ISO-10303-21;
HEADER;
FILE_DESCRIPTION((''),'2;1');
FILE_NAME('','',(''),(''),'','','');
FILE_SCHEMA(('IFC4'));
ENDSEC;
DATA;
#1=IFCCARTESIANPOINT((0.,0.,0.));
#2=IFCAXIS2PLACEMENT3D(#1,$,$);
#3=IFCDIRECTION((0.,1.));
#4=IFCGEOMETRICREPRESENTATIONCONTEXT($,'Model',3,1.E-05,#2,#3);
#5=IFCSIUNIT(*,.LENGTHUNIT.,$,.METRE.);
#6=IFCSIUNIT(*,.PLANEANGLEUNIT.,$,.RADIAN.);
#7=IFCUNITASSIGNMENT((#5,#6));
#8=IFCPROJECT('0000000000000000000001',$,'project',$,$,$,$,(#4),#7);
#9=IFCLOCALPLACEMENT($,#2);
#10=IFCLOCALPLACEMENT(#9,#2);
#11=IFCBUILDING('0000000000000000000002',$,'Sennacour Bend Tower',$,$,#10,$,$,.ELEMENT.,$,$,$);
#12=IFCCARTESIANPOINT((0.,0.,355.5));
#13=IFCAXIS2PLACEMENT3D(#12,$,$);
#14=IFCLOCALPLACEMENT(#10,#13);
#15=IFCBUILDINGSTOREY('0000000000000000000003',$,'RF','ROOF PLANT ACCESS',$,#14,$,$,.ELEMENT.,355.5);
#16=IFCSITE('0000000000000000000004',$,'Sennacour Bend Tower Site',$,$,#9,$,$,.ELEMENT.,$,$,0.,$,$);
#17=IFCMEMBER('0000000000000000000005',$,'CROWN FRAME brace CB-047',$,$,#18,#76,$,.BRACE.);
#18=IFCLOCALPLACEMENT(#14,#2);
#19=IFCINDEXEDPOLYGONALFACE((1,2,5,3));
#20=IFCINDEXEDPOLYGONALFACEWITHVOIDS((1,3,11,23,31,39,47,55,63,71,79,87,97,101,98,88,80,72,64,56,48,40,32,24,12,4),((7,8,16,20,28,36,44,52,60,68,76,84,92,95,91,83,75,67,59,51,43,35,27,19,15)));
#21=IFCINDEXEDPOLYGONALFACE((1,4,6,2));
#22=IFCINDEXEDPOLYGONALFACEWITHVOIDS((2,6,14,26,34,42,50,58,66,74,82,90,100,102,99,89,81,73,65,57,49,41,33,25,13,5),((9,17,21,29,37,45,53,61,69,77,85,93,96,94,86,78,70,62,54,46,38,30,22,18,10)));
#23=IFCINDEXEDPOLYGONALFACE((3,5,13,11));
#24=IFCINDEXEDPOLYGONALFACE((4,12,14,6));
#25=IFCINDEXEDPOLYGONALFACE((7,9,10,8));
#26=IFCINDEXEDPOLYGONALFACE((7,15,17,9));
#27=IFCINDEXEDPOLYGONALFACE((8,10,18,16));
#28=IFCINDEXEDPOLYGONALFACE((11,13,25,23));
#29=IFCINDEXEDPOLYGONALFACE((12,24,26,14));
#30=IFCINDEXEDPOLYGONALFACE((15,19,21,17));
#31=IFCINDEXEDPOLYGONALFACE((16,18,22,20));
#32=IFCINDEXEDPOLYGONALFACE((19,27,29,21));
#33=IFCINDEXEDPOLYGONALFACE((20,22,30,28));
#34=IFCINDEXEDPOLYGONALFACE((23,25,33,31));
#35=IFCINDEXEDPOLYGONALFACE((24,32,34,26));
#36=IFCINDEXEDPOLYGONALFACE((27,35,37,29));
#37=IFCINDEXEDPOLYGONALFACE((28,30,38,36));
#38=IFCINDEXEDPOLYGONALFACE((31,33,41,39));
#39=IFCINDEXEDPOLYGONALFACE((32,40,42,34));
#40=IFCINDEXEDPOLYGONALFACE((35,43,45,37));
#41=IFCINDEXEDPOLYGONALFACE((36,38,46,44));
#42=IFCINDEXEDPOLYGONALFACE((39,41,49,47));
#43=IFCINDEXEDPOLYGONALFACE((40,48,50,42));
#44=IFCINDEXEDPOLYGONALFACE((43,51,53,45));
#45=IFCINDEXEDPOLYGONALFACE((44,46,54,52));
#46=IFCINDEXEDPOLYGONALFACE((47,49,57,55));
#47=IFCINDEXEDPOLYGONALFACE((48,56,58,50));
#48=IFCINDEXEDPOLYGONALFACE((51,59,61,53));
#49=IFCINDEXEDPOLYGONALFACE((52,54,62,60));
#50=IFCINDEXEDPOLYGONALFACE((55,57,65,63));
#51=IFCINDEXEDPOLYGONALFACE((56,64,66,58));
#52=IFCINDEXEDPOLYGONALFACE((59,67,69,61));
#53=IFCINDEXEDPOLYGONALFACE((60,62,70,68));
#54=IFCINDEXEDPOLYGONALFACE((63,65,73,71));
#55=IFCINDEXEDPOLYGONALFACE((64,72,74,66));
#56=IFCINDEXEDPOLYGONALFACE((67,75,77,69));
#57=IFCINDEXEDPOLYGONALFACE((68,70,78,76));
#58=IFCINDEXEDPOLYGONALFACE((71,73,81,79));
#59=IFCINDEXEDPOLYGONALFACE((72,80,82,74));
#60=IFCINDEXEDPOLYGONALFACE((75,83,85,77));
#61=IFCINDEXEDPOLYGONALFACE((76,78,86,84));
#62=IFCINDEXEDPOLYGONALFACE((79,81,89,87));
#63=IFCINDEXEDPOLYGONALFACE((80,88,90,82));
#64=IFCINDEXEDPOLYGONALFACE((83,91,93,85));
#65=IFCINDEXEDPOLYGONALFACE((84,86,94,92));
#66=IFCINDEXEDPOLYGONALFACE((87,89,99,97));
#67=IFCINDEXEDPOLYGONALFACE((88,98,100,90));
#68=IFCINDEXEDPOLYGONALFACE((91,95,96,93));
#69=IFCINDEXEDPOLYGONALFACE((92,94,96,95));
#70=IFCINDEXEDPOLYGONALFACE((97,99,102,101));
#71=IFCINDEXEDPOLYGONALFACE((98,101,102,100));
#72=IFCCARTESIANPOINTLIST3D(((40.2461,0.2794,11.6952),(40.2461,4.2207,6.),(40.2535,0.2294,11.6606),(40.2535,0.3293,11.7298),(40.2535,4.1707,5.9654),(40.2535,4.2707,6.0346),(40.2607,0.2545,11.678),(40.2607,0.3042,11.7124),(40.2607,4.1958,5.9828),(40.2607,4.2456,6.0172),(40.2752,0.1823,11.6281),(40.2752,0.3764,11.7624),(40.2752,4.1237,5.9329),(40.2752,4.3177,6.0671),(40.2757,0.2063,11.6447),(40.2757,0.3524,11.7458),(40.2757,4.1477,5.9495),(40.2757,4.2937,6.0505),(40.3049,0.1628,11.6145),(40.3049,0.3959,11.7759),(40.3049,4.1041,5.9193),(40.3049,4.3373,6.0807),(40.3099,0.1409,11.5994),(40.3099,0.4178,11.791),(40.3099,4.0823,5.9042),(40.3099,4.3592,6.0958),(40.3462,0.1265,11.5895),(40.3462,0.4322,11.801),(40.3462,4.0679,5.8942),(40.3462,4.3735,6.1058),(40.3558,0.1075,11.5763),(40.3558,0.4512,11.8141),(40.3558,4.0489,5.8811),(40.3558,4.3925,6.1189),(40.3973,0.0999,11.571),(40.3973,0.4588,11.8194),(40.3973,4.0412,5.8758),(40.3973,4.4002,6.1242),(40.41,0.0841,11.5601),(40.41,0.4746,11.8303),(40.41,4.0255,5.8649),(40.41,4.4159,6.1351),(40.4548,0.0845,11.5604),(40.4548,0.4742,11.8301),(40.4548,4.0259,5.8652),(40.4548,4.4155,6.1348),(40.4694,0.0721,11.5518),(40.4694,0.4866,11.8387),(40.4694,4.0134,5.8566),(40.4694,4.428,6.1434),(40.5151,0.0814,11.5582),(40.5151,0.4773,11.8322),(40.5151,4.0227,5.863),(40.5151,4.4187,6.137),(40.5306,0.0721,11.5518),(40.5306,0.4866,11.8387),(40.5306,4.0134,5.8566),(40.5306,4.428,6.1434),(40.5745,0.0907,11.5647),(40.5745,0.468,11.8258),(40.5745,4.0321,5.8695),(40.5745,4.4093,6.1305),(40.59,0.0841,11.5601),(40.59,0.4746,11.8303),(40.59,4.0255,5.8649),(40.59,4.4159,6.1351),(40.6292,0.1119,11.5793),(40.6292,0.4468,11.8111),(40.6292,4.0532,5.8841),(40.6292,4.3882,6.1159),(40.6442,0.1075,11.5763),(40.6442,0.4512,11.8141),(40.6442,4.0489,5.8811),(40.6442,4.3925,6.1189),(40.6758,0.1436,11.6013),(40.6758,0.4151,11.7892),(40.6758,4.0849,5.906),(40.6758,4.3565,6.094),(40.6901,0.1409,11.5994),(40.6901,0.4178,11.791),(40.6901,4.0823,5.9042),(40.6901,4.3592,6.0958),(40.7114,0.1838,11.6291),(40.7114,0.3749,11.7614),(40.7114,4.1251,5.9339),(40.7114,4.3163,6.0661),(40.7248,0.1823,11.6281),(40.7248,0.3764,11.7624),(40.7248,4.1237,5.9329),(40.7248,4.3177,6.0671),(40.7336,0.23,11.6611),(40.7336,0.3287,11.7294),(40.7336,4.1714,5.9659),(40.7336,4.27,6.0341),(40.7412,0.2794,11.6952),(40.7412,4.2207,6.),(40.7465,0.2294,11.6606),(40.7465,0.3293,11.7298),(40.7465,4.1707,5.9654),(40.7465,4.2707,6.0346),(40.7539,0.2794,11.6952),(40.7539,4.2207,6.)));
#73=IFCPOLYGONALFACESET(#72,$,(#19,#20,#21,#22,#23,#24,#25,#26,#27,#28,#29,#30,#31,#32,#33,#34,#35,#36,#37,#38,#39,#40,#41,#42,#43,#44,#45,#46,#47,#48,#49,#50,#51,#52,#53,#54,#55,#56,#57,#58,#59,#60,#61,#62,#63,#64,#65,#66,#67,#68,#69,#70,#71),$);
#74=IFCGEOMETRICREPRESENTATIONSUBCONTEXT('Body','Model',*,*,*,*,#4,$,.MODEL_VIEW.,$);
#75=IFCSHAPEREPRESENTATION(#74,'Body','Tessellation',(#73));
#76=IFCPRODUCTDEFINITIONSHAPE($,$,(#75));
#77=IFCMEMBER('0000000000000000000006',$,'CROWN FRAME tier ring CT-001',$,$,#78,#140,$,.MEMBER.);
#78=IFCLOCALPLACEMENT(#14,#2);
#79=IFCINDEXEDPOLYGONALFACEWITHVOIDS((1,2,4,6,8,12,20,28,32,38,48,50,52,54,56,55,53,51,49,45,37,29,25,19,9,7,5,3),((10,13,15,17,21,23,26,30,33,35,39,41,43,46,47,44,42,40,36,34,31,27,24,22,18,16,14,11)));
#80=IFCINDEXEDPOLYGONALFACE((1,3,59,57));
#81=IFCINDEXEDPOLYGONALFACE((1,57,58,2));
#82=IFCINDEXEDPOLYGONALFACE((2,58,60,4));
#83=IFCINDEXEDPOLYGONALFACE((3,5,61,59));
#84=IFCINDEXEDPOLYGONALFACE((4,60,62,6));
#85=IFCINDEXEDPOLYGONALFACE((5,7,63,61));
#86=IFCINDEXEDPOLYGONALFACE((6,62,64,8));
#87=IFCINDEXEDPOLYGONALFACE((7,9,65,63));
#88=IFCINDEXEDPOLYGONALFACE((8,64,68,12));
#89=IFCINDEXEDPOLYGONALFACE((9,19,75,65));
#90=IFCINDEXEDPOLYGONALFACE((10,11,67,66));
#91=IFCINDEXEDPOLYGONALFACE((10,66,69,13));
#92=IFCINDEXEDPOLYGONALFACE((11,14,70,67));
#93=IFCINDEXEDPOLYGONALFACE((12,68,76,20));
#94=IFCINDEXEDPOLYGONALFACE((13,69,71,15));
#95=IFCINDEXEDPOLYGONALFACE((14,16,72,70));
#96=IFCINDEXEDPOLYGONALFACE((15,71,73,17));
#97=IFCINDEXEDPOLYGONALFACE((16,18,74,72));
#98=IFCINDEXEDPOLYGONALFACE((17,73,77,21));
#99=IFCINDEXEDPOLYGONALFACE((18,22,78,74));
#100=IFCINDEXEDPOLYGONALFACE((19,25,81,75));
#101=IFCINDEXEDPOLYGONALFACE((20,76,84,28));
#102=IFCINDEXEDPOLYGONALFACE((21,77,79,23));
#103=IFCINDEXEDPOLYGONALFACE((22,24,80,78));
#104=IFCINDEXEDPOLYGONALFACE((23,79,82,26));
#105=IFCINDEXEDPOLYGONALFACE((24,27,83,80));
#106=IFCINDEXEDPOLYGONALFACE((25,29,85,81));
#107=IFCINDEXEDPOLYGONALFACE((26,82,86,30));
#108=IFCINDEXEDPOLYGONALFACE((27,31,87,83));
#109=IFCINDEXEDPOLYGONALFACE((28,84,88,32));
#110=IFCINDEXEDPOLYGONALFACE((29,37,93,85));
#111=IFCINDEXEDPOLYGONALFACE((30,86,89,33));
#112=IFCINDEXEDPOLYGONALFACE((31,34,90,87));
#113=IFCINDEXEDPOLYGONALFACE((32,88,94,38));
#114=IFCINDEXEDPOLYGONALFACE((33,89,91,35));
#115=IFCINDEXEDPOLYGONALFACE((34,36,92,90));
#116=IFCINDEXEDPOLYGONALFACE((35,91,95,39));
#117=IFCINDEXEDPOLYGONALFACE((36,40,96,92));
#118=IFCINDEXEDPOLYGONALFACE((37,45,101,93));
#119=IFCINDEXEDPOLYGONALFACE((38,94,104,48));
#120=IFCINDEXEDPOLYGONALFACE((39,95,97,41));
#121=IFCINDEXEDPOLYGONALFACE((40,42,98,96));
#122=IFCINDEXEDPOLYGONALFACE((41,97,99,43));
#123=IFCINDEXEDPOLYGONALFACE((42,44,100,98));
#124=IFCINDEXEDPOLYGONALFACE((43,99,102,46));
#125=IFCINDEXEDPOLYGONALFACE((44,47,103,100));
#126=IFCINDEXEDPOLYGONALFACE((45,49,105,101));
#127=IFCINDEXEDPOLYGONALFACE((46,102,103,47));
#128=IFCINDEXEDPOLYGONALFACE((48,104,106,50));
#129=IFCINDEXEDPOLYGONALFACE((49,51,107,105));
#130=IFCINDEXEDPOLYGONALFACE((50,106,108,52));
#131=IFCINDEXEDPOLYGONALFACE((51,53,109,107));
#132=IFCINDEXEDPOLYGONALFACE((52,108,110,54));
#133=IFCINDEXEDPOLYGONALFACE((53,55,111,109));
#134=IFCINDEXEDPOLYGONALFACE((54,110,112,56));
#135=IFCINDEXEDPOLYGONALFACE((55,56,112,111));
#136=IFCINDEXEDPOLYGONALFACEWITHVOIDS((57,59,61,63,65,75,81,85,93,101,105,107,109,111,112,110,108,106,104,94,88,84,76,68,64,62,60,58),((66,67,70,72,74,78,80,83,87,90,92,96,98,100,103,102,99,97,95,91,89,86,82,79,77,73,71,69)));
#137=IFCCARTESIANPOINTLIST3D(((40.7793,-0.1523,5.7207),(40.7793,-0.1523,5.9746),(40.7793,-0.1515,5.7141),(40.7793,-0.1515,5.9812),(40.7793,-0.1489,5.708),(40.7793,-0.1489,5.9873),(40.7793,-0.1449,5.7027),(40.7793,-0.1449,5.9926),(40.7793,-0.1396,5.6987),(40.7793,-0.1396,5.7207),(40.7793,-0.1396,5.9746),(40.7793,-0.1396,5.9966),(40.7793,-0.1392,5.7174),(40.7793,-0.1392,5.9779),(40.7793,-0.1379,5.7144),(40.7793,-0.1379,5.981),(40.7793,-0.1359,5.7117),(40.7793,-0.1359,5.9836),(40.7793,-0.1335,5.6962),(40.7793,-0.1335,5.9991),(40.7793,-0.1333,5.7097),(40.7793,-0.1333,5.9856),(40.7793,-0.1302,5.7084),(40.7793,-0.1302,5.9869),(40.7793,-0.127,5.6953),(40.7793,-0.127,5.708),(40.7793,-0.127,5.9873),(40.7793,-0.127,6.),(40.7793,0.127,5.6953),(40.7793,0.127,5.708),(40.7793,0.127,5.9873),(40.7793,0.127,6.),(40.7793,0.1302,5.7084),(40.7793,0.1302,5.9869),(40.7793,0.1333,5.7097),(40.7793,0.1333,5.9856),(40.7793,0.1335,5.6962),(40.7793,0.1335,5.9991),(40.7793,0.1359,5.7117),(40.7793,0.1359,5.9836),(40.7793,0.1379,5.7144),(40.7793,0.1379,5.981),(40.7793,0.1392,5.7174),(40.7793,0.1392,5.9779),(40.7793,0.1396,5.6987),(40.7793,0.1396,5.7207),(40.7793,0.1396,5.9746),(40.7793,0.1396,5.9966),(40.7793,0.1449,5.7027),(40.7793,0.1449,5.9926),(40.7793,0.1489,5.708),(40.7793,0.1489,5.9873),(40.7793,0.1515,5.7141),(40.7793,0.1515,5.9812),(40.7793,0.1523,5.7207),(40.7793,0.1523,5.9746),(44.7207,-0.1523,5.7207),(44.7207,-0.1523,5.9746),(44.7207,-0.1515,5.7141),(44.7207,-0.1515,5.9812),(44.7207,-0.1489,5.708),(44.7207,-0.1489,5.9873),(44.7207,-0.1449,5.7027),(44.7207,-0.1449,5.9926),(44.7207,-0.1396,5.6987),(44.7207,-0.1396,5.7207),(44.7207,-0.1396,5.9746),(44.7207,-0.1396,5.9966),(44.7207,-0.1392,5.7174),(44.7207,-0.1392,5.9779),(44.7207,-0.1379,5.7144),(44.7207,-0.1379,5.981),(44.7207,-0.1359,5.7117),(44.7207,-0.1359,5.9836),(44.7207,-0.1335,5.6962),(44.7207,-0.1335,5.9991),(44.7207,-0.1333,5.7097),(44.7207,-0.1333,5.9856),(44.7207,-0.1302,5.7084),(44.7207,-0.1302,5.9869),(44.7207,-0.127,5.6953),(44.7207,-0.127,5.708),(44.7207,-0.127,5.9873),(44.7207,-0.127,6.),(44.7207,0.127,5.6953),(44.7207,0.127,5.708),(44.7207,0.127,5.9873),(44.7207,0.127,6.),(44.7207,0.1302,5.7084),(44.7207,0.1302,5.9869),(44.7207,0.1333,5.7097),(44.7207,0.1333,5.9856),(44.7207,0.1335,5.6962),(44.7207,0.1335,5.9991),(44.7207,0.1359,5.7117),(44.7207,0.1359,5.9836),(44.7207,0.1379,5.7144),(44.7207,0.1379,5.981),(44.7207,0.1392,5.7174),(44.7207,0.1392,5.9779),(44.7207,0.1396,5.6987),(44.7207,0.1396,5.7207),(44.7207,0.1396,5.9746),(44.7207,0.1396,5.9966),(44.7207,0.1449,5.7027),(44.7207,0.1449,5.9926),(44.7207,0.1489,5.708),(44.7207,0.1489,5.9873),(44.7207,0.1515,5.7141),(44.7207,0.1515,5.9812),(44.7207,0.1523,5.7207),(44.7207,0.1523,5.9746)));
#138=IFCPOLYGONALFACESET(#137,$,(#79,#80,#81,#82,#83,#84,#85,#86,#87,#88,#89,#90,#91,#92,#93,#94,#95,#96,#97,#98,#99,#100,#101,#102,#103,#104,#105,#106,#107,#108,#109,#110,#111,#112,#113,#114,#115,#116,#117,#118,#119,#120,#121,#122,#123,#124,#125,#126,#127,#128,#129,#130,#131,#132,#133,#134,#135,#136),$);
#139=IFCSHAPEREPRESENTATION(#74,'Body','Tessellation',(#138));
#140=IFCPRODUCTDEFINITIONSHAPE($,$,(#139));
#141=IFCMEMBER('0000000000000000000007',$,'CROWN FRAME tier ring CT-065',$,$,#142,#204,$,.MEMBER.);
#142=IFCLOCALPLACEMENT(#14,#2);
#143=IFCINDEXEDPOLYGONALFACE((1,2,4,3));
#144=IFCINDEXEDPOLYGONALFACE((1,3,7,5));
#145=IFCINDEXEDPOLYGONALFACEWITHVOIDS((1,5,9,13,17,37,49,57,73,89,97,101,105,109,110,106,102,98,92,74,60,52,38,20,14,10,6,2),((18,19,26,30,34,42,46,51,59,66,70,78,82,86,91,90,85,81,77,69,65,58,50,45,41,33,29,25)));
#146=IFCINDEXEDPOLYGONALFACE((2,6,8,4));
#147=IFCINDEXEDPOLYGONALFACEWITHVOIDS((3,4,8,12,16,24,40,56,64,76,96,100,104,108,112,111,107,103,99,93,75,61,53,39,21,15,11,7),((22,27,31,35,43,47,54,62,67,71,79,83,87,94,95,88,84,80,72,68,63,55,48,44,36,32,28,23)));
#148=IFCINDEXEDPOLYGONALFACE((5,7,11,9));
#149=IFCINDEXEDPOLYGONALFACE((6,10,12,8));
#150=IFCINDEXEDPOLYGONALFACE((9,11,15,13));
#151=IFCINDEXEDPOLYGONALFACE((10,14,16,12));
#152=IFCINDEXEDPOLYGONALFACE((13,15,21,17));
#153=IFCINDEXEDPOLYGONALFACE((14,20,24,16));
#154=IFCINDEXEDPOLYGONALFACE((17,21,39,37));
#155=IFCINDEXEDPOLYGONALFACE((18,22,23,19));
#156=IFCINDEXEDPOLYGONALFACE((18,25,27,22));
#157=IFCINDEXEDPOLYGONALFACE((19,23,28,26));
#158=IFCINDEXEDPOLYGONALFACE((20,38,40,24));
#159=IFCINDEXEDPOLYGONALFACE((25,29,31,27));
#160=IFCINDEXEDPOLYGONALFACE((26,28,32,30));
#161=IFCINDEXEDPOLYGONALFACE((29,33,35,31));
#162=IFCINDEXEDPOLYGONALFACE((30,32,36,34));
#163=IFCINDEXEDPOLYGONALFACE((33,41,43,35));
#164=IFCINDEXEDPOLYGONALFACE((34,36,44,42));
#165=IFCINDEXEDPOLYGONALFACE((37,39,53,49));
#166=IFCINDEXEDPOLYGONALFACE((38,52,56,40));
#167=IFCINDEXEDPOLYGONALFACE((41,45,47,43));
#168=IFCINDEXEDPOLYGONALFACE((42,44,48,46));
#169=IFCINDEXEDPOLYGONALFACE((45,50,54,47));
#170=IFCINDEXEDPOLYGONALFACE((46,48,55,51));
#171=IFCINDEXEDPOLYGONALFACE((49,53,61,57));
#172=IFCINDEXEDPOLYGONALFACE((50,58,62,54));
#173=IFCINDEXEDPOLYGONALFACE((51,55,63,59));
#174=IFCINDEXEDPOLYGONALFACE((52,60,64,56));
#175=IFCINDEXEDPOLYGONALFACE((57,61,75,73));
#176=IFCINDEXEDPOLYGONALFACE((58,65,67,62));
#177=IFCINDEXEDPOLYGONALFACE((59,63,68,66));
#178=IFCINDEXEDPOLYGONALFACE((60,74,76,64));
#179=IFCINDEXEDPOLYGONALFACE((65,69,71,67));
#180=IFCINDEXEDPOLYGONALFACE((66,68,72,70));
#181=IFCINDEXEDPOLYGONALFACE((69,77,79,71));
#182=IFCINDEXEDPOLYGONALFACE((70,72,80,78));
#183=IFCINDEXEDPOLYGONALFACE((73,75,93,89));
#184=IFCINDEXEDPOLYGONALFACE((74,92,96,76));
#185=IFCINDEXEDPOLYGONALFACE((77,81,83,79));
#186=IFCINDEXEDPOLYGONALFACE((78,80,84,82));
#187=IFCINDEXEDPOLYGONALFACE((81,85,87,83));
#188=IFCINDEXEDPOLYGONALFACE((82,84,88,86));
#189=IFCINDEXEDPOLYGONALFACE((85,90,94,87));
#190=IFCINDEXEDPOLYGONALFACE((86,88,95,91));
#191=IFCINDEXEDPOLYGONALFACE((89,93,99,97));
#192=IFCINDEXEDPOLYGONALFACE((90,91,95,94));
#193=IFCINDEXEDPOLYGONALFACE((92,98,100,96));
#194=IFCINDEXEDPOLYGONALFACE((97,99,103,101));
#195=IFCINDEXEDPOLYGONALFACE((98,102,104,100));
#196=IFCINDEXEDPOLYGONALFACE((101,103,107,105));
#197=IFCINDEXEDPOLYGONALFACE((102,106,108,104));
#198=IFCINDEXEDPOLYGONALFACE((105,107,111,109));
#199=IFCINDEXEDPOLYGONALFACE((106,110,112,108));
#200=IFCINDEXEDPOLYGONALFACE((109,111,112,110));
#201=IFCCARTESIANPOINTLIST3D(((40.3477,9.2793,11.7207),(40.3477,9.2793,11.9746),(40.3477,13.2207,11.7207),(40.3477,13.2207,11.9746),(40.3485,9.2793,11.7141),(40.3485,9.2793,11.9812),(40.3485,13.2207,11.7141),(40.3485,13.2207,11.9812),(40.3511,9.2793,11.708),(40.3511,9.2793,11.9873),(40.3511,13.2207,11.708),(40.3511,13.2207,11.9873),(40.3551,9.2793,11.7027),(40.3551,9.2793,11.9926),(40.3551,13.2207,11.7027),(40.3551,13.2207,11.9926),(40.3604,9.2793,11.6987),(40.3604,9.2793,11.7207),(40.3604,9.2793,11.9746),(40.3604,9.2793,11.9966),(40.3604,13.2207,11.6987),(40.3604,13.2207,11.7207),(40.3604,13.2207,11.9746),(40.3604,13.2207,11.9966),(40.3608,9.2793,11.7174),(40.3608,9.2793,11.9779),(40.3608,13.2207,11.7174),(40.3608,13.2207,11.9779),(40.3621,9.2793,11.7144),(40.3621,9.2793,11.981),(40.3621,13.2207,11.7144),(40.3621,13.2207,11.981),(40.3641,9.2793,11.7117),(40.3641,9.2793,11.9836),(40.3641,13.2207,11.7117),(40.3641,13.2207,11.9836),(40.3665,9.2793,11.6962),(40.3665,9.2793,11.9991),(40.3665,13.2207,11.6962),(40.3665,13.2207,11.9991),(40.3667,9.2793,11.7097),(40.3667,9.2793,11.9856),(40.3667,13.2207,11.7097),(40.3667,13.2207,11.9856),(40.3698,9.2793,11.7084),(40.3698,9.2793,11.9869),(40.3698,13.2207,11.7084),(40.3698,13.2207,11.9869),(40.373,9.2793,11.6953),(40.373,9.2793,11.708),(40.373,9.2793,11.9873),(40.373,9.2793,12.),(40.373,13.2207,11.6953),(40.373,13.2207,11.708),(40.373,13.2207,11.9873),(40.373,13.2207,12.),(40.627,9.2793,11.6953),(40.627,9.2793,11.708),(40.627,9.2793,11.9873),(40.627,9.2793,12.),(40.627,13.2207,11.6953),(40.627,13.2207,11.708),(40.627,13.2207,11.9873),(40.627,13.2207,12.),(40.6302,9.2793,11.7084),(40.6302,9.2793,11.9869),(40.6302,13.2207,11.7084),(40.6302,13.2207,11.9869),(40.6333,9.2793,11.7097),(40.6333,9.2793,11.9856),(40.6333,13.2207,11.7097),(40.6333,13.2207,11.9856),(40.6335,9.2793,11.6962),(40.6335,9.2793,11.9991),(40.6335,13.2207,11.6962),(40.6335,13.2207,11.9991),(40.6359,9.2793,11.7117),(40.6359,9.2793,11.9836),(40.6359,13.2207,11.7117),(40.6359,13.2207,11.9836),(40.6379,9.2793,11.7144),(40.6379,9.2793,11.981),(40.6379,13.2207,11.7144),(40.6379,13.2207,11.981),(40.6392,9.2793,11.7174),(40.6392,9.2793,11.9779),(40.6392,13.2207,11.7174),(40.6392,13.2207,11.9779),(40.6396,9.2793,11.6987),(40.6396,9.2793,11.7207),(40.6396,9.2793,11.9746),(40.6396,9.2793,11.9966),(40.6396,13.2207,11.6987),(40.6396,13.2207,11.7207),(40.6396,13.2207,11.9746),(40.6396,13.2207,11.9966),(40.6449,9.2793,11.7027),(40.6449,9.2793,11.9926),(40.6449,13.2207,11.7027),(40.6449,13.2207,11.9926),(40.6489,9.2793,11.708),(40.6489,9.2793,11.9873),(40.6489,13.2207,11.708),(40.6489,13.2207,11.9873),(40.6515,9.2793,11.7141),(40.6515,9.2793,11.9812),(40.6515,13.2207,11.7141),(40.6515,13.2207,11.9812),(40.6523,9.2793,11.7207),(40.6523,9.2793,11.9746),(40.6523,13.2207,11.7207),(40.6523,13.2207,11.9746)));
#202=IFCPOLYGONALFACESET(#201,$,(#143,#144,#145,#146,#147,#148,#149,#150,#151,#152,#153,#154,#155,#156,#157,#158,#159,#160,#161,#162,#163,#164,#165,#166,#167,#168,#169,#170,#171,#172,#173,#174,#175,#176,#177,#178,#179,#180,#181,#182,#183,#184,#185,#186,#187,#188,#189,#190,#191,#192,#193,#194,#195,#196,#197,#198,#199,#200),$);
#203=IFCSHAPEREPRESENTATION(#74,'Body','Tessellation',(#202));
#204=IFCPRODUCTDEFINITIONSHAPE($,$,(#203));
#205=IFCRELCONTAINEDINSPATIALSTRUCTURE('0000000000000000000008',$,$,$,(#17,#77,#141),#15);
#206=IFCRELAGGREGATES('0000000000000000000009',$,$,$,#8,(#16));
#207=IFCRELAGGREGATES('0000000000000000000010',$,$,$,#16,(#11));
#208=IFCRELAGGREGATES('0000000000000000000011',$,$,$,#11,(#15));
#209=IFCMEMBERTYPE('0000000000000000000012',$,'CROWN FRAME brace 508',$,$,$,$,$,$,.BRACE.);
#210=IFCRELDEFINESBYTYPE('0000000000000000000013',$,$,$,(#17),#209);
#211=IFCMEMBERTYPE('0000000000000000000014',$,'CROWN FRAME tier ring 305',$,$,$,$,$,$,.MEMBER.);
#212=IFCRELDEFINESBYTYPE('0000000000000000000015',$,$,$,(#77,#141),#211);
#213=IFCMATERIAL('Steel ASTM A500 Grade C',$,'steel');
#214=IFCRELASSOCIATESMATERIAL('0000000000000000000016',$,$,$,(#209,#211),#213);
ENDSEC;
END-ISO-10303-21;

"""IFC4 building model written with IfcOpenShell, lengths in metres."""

from ifc_helpers import new_model, si_unit, direction, frame, origin, origin_2d, place, context, subcontext, project, spatial, hollow_rectangle, hollow_circle, extrude, material, material_profile, profile_set, type_object, element, save


model = new_model("IFC4")

# Units and contexts
model_context = context("Model", 3, precision=1e-05, world=origin(), true_north=direction((0.0, 1.0)))
body_context = subcontext(model_context, "Body", "Model", "MODEL_VIEW")
ifc_project = project(units=[si_unit("LENGTHUNIT", "METRE"), si_unit("PLANEANGLEUNIT", "RADIAN")], contexts=[model_context])

# Site, building, storey
site_placement = place(None, origin())
site = spatial("IfcSite", under=ifc_project, at=site_placement, Name="Sennacour Bend Tower Site", CompositionType="ELEMENT", RefElevation=0.0)
building_placement = place(site_placement, origin())
building = spatial("IfcBuilding", under=site, at=building_placement, Name="Sennacour Bend Tower", CompositionType="ELEMENT")
storey_placement = place(building_placement, frame((0.0, 0.0, 355.5)))
storey = spatial("IfcBuildingStorey", under=building, at=storey_placement, Name="RF", Description="ROOF PLANT ACCESS", CompositionType="ELEMENT", Elevation=355.5)

# Members
ifc_material_1 = material(Name="Steel ASTM A500 Grade C", Category="steel")
ifc_material_profile_1 = material_profile(ifc_material_1, hollow_circle(Radius=0.2539, WallThickness=0.0127, at=origin_2d()), Name="Steel ASTM A500 Grade C", Category="steel")
ifc_profile_set_1 = profile_set([ifc_material_profile_1], Name="Steel ASTM A500 Grade C")
member_type_1 = type_object("IfcMemberType", Name="CROWN FRAME brace 508", PredefinedType="BRACE", material=ifc_profile_set_1)
member_1_placement = place(storey_placement, frame((40.5, 4.2207, 6.0), z_axis=(0.0, -0.569063, 0.822294), x_axis=(1.0, 0.0, 0.0)))
element("IfcMember", 1, at=member_1_placement, inside=storey, type_object=member_type_1, Name="CROWN FRAME brace CB-047", PredefinedType="BRACE", context=body_context, shape_type="SweptSolid", body=[
    extrude(hollow_circle(Radius=0.2539, WallThickness=0.0127, at=origin_2d()), origin(), (0.0, 0.0, 1.0), 6.926),
])
ifc_material_profile_2 = material_profile(ifc_material_1, hollow_rectangle(XDim=0.3047, YDim=0.3047, WallThickness=0.0127, InnerFilletRadius=0.0127, OuterFilletRadius=0.0254, at=origin_2d()), Name="Steel ASTM A500 Grade C", Category="steel")
ifc_profile_set_2 = profile_set([ifc_material_profile_2], Name="Steel ASTM A500 Grade C")
member_type_2 = type_object("IfcMemberType", Name="CROWN FRAME tier ring 305", PredefinedType="MEMBER", material=ifc_profile_set_2)
for number, where, z_axis, x_axis, name in (
    (2, (40.7793, 0.0, 5.8477), (1.0, 0.0, 0.0), (0.0, 1.0, 0.0), "CROWN FRAME tier ring CT-001"),
    (3, (40.5, 13.2207, 11.8477), (0.0, -1.0, 0.0), (1.0, 0.0, 0.0), "CROWN FRAME tier ring CT-065"),
):
    element("IfcMember", number, at=place(storey_placement, frame(where, z_axis=z_axis, x_axis=x_axis)), inside=storey, type_object=member_type_2, Name=name, PredefinedType="MEMBER", context=body_context, shape_type="SweptSolid", body=[
        extrude(hollow_rectangle(XDim=0.3047, YDim=0.3047, WallThickness=0.0127, InnerFilletRadius=0.0127, OuterFilletRadius=0.0254, at=origin_2d()), origin(), (0.0, 0.0, 1.0), 3.9414),
    ])

save(model, "model.ifc")
